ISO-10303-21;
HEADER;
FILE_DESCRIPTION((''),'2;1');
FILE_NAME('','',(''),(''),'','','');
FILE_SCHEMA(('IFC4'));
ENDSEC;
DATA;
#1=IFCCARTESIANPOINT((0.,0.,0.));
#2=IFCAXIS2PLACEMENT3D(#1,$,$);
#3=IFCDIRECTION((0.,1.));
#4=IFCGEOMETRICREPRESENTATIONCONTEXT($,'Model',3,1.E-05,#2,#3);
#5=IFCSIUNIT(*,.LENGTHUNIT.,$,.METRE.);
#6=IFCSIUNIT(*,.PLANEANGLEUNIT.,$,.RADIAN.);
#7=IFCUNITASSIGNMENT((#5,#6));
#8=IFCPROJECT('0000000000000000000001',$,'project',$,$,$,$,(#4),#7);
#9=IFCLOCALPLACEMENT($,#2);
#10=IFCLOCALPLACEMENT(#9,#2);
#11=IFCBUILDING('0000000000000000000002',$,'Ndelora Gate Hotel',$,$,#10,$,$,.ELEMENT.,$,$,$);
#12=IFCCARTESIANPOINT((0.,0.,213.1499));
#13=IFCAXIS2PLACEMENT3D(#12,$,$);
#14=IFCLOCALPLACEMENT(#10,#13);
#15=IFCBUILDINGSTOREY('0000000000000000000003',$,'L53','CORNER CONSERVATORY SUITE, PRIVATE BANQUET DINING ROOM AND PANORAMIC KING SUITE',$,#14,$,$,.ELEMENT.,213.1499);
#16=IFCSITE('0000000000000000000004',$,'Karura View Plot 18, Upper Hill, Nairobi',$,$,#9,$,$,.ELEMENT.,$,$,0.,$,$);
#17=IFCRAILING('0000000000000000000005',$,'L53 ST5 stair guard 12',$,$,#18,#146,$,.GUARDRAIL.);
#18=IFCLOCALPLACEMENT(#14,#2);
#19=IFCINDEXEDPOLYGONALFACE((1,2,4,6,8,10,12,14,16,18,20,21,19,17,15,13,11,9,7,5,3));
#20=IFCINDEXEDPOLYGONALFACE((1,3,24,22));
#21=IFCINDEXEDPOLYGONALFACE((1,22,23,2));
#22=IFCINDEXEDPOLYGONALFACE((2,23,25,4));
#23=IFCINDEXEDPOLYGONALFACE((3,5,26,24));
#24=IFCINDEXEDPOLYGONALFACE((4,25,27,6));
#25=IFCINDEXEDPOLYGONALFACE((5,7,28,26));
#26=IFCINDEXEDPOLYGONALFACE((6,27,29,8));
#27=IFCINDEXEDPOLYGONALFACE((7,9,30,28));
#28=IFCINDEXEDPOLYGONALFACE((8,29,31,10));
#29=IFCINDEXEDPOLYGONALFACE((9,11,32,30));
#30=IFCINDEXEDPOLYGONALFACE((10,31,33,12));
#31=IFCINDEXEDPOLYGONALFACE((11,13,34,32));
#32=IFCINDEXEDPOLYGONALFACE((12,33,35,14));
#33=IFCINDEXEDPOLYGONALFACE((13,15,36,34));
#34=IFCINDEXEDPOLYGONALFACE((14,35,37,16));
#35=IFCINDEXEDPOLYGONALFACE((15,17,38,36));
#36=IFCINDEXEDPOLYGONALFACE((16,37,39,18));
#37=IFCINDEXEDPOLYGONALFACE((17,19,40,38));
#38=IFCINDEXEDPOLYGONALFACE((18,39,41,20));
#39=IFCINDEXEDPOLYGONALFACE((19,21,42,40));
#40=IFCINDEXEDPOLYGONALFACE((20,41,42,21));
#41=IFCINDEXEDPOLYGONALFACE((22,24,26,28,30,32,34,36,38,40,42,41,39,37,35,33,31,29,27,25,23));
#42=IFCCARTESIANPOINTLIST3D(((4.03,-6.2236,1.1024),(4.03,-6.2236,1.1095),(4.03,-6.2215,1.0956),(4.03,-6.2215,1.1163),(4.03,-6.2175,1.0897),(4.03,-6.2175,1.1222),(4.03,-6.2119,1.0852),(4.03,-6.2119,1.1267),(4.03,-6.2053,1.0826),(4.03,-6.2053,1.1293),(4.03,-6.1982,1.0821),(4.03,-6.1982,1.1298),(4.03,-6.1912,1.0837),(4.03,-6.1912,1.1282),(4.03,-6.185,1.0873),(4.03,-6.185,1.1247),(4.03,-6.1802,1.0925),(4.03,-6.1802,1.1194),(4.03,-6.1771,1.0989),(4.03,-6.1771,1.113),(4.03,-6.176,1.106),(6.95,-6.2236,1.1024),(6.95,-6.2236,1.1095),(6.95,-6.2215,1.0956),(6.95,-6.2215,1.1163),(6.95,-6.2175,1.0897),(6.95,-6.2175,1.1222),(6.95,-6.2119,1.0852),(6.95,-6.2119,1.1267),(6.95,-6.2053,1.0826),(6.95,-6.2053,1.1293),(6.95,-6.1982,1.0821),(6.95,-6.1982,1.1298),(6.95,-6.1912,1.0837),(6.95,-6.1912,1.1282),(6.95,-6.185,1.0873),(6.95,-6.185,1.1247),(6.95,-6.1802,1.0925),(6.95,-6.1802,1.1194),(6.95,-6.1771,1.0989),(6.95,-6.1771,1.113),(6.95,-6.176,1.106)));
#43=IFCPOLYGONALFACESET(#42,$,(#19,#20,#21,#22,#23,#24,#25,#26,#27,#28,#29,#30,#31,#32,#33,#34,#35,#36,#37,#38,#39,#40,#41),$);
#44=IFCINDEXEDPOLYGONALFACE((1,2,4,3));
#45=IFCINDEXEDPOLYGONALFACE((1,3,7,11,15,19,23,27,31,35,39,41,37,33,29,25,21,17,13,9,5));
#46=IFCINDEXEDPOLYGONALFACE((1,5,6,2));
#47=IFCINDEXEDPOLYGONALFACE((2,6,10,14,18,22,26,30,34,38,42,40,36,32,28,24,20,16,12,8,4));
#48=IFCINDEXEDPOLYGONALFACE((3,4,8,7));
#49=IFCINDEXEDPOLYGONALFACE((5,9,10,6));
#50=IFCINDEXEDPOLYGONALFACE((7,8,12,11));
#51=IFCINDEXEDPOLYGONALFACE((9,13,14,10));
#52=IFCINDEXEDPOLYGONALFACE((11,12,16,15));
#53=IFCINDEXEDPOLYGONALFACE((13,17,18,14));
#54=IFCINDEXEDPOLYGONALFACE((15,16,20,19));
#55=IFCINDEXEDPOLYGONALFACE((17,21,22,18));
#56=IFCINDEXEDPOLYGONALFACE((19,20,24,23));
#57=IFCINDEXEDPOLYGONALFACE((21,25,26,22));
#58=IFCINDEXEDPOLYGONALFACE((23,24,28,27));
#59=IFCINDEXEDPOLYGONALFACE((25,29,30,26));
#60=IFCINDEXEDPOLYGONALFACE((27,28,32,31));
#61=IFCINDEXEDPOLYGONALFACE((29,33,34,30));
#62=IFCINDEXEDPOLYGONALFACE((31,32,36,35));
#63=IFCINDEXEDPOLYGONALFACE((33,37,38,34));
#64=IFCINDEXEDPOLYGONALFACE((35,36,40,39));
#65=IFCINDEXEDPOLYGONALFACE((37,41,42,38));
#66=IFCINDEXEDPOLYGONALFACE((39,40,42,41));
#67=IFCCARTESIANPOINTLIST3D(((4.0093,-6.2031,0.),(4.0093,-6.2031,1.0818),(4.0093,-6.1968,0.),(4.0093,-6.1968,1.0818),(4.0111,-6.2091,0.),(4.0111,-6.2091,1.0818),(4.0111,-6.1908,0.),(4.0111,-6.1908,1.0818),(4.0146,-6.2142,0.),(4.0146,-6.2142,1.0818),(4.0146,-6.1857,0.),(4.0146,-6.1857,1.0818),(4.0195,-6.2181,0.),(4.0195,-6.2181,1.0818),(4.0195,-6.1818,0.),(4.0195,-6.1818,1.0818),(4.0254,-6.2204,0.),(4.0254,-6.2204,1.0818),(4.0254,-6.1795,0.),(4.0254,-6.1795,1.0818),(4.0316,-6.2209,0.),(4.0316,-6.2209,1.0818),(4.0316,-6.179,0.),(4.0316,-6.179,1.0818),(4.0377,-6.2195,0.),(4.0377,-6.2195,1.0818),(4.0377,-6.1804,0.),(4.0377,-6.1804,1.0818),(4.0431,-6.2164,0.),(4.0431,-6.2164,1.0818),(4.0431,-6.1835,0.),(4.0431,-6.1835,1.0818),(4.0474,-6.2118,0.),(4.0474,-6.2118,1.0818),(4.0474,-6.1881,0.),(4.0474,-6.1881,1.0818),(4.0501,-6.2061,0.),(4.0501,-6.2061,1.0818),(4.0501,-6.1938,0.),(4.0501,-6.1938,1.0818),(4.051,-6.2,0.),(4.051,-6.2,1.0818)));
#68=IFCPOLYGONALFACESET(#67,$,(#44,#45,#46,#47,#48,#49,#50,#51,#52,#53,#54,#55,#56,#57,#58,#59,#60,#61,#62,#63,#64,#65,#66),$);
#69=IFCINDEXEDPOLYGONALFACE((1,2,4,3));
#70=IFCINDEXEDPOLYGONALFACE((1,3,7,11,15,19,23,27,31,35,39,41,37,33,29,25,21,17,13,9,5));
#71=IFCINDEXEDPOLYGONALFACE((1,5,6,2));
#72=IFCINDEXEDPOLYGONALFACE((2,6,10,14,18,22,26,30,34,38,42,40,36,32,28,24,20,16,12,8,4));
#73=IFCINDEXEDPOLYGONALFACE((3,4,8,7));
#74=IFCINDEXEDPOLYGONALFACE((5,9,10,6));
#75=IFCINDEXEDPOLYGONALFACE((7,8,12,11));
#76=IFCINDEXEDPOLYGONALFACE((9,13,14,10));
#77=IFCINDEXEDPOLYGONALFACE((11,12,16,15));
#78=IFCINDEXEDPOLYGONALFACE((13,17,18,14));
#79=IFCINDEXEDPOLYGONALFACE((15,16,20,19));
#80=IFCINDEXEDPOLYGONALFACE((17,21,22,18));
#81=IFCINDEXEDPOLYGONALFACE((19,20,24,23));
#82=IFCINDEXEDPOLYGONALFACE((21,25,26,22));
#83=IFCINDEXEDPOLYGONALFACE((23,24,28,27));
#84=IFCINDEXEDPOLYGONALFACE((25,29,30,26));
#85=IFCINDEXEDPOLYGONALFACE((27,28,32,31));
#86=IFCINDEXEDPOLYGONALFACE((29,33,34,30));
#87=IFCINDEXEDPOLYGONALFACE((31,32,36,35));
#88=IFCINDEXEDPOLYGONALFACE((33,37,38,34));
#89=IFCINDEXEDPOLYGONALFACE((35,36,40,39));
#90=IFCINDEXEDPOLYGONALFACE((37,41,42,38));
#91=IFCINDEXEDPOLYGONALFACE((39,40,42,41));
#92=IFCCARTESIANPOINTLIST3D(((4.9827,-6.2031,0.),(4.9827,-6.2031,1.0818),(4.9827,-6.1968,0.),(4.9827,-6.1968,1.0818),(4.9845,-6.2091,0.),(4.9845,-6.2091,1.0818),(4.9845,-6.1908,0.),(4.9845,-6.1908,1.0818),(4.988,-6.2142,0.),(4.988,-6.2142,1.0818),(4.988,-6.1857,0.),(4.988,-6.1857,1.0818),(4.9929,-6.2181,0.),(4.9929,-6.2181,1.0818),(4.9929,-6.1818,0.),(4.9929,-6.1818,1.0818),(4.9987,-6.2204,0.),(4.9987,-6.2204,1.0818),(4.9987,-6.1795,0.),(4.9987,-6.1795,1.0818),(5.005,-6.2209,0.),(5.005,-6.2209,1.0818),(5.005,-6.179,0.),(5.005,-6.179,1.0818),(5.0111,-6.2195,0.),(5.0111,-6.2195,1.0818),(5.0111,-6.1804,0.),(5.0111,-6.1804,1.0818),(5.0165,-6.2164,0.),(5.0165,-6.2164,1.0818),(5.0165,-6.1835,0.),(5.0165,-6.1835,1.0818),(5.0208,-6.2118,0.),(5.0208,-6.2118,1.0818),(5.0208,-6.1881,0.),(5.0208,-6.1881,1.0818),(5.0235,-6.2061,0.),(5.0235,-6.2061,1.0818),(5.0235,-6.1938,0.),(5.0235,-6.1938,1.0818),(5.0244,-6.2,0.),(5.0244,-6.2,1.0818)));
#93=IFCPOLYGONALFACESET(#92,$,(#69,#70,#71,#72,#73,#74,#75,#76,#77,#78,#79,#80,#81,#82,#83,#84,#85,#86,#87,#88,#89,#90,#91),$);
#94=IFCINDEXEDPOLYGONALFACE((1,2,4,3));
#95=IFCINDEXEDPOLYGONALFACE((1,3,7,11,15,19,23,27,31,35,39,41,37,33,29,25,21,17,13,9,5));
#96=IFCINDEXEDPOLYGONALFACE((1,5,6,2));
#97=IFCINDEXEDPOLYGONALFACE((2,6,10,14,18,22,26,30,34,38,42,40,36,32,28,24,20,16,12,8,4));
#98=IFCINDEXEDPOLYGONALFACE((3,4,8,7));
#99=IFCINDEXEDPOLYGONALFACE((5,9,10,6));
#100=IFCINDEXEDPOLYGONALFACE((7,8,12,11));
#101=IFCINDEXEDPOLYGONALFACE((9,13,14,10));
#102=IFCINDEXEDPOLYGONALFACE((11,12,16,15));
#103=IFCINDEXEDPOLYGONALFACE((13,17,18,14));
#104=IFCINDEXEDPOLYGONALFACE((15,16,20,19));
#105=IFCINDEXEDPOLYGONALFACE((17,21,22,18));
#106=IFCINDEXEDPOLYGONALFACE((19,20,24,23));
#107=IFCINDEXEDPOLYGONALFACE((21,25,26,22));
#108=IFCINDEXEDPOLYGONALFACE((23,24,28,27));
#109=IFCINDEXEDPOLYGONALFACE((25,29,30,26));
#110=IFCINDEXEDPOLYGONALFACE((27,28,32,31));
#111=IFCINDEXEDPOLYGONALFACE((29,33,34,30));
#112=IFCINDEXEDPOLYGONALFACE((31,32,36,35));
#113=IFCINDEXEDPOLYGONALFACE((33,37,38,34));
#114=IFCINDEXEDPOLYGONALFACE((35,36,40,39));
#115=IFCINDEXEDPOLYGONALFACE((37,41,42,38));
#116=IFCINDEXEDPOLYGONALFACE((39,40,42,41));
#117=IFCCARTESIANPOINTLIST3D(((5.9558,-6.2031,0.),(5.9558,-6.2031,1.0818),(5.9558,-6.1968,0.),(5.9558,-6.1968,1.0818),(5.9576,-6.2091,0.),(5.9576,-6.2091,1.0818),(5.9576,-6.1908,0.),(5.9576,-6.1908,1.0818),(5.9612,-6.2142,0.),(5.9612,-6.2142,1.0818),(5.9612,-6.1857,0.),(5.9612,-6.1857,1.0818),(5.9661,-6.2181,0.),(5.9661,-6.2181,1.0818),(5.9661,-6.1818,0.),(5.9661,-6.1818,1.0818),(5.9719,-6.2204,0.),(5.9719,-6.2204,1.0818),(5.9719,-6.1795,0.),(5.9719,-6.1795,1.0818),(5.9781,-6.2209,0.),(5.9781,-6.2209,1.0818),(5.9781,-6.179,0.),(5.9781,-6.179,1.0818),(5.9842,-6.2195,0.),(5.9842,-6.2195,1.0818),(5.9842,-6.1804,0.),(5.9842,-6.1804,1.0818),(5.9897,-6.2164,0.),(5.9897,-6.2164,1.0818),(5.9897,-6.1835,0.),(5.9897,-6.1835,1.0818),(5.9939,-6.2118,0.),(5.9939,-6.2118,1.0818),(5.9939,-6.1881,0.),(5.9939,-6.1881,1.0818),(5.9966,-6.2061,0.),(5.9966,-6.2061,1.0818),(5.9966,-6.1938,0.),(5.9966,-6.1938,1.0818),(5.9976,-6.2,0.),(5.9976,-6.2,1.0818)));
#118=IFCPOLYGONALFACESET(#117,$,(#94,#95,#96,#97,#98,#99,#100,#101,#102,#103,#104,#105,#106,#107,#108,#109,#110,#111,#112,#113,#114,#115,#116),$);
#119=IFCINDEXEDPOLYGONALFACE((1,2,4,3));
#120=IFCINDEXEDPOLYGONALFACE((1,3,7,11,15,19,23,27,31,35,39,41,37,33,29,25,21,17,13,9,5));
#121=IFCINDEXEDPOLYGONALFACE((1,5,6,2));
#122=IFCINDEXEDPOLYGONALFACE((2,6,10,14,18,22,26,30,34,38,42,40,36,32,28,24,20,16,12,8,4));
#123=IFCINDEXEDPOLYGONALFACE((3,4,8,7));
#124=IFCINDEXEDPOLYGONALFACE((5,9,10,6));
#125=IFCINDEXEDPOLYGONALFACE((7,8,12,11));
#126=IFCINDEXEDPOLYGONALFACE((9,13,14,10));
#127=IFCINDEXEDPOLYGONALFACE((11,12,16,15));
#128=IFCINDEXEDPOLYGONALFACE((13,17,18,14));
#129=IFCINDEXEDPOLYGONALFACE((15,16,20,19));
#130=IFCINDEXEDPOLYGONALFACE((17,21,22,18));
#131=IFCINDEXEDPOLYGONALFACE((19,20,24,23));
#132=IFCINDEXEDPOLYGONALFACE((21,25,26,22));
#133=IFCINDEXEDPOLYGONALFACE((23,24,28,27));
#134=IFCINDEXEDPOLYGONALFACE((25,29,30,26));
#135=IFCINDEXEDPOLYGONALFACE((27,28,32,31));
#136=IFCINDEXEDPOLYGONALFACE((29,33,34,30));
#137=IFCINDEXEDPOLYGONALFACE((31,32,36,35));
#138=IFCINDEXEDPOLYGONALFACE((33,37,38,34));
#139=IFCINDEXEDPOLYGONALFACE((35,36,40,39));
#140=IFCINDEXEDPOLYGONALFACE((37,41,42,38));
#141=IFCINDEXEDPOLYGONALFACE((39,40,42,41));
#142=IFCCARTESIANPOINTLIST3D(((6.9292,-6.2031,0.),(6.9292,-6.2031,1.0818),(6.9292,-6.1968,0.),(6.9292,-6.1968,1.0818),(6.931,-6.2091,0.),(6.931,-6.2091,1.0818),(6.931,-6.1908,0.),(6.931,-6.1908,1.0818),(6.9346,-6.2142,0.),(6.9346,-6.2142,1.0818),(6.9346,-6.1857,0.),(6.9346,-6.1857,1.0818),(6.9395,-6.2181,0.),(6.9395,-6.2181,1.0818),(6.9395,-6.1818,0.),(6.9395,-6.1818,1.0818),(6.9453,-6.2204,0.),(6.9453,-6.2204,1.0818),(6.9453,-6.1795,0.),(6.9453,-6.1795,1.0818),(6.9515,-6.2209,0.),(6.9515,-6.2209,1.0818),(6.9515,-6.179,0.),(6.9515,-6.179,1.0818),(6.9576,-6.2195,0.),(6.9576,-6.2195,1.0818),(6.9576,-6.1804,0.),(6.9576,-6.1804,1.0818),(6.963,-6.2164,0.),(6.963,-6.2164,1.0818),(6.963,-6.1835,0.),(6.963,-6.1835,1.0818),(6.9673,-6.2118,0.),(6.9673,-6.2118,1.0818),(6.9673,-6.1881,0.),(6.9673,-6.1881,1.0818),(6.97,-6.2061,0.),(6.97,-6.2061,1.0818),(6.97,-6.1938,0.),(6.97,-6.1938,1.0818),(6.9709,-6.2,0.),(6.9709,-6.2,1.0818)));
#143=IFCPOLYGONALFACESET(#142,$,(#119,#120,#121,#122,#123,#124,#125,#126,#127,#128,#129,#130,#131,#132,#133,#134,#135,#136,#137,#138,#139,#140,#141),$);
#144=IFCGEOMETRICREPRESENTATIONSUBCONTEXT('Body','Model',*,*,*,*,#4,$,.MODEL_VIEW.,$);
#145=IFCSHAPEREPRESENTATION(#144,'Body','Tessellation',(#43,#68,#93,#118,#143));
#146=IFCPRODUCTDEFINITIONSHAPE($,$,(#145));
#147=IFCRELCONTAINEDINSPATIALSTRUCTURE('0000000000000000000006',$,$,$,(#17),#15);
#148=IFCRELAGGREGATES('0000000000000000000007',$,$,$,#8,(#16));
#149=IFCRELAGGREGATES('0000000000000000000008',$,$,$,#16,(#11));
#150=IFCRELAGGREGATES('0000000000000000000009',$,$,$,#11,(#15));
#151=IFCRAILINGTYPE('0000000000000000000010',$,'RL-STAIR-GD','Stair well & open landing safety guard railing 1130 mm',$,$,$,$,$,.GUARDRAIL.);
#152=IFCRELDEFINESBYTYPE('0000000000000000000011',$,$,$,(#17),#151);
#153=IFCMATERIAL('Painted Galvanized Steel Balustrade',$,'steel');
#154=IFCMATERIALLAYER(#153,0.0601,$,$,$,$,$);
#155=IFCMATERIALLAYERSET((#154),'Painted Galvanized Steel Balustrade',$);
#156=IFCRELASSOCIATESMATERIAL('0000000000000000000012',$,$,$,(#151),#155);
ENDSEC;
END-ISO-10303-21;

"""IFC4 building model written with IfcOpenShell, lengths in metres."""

from ifc_helpers import new_model, si_unit, direction, frame, origin, origin_2d, place, context, subcontext, project, spatial, circle, extrude, material, layer, layer_set, type_object, element, save


model = new_model("IFC4")

# Units and contexts
model_context = context("Model", 3, precision=1e-05, world=origin(), true_north=direction((0.0, 1.0)))
body_context = subcontext(model_context, "Body", "Model", "MODEL_VIEW")
ifc_project = project(units=[si_unit("LENGTHUNIT", "METRE"), si_unit("PLANEANGLEUNIT", "RADIAN")], contexts=[model_context])

# Site, building, storey
site_placement = place(None, origin())
site = spatial("IfcSite", under=ifc_project, at=site_placement, Name="Karura View Plot 18, Upper Hill, Nairobi", CompositionType="ELEMENT", RefElevation=0.0)
building_placement = place(site_placement, origin())
building = spatial("IfcBuilding", under=site, at=building_placement, Name="Ndelora Gate Hotel", CompositionType="ELEMENT")
storey_placement = place(building_placement, frame((0.0, 0.0, 213.1499)))
storey = spatial("IfcBuildingStorey", under=building, at=storey_placement, Name="L53", Description="CORNER CONSERVATORY SUITE, PRIVATE BANQUET DINING ROOM AND PANORAMIC KING SUITE", CompositionType="ELEMENT", Elevation=213.1499)

# Railing
ifc_material_1 = material(Name="Painted Galvanized Steel Balustrade", Category="steel")
ifc_layer_1 = layer(ifc_material_1, 0.0601)
ifc_layer_set_1 = layer_set([ifc_layer_1], Name="Painted Galvanized Steel Balustrade")
railing_type = type_object("IfcRailingType", Name="RL-STAIR-GD", Description="Stair well & open landing safety guard railing 1130 mm", PredefinedType="GUARDRAIL", material=ifc_layer_set_1)
railing_1_placement = place(storey_placement, frame((4.03, -6.2, 0.0)))
element("IfcRailing", 1, at=railing_1_placement, inside=storey, type_object=railing_type, Name="L53 ST5 stair guard 12", PredefinedType="GUARDRAIL", context=body_context, shape_type="SweptSolid", body=[
    extrude(circle(Radius=0.0239, at=origin_2d()), frame((0.0, 0.0, 1.106), z_axis=(1.0, 0.0, 0.0), x_axis=(0.0, 1.0, 0.0)), (0.0, 0.0, 1.0), 2.9199),
    extrude(circle(Radius=0.021, at=origin_2d()), origin(), (0.0, 0.0, 1.0), 1.0818),
    extrude(circle(Radius=0.021, at=origin_2d()), frame((0.9734, 0.0, 0.0)), (0.0, 0.0, 1.0), 1.0818),
    extrude(circle(Radius=0.021, at=origin_2d()), frame((1.9465, 0.0, 0.0)), (0.0, 0.0, 1.0), 1.0818),
    extrude(circle(Radius=0.021, at=origin_2d()), frame((2.9199, 0.0, 0.0)), (0.0, 0.0, 1.0), 1.0818),
])

save(model, "model.ifc")
